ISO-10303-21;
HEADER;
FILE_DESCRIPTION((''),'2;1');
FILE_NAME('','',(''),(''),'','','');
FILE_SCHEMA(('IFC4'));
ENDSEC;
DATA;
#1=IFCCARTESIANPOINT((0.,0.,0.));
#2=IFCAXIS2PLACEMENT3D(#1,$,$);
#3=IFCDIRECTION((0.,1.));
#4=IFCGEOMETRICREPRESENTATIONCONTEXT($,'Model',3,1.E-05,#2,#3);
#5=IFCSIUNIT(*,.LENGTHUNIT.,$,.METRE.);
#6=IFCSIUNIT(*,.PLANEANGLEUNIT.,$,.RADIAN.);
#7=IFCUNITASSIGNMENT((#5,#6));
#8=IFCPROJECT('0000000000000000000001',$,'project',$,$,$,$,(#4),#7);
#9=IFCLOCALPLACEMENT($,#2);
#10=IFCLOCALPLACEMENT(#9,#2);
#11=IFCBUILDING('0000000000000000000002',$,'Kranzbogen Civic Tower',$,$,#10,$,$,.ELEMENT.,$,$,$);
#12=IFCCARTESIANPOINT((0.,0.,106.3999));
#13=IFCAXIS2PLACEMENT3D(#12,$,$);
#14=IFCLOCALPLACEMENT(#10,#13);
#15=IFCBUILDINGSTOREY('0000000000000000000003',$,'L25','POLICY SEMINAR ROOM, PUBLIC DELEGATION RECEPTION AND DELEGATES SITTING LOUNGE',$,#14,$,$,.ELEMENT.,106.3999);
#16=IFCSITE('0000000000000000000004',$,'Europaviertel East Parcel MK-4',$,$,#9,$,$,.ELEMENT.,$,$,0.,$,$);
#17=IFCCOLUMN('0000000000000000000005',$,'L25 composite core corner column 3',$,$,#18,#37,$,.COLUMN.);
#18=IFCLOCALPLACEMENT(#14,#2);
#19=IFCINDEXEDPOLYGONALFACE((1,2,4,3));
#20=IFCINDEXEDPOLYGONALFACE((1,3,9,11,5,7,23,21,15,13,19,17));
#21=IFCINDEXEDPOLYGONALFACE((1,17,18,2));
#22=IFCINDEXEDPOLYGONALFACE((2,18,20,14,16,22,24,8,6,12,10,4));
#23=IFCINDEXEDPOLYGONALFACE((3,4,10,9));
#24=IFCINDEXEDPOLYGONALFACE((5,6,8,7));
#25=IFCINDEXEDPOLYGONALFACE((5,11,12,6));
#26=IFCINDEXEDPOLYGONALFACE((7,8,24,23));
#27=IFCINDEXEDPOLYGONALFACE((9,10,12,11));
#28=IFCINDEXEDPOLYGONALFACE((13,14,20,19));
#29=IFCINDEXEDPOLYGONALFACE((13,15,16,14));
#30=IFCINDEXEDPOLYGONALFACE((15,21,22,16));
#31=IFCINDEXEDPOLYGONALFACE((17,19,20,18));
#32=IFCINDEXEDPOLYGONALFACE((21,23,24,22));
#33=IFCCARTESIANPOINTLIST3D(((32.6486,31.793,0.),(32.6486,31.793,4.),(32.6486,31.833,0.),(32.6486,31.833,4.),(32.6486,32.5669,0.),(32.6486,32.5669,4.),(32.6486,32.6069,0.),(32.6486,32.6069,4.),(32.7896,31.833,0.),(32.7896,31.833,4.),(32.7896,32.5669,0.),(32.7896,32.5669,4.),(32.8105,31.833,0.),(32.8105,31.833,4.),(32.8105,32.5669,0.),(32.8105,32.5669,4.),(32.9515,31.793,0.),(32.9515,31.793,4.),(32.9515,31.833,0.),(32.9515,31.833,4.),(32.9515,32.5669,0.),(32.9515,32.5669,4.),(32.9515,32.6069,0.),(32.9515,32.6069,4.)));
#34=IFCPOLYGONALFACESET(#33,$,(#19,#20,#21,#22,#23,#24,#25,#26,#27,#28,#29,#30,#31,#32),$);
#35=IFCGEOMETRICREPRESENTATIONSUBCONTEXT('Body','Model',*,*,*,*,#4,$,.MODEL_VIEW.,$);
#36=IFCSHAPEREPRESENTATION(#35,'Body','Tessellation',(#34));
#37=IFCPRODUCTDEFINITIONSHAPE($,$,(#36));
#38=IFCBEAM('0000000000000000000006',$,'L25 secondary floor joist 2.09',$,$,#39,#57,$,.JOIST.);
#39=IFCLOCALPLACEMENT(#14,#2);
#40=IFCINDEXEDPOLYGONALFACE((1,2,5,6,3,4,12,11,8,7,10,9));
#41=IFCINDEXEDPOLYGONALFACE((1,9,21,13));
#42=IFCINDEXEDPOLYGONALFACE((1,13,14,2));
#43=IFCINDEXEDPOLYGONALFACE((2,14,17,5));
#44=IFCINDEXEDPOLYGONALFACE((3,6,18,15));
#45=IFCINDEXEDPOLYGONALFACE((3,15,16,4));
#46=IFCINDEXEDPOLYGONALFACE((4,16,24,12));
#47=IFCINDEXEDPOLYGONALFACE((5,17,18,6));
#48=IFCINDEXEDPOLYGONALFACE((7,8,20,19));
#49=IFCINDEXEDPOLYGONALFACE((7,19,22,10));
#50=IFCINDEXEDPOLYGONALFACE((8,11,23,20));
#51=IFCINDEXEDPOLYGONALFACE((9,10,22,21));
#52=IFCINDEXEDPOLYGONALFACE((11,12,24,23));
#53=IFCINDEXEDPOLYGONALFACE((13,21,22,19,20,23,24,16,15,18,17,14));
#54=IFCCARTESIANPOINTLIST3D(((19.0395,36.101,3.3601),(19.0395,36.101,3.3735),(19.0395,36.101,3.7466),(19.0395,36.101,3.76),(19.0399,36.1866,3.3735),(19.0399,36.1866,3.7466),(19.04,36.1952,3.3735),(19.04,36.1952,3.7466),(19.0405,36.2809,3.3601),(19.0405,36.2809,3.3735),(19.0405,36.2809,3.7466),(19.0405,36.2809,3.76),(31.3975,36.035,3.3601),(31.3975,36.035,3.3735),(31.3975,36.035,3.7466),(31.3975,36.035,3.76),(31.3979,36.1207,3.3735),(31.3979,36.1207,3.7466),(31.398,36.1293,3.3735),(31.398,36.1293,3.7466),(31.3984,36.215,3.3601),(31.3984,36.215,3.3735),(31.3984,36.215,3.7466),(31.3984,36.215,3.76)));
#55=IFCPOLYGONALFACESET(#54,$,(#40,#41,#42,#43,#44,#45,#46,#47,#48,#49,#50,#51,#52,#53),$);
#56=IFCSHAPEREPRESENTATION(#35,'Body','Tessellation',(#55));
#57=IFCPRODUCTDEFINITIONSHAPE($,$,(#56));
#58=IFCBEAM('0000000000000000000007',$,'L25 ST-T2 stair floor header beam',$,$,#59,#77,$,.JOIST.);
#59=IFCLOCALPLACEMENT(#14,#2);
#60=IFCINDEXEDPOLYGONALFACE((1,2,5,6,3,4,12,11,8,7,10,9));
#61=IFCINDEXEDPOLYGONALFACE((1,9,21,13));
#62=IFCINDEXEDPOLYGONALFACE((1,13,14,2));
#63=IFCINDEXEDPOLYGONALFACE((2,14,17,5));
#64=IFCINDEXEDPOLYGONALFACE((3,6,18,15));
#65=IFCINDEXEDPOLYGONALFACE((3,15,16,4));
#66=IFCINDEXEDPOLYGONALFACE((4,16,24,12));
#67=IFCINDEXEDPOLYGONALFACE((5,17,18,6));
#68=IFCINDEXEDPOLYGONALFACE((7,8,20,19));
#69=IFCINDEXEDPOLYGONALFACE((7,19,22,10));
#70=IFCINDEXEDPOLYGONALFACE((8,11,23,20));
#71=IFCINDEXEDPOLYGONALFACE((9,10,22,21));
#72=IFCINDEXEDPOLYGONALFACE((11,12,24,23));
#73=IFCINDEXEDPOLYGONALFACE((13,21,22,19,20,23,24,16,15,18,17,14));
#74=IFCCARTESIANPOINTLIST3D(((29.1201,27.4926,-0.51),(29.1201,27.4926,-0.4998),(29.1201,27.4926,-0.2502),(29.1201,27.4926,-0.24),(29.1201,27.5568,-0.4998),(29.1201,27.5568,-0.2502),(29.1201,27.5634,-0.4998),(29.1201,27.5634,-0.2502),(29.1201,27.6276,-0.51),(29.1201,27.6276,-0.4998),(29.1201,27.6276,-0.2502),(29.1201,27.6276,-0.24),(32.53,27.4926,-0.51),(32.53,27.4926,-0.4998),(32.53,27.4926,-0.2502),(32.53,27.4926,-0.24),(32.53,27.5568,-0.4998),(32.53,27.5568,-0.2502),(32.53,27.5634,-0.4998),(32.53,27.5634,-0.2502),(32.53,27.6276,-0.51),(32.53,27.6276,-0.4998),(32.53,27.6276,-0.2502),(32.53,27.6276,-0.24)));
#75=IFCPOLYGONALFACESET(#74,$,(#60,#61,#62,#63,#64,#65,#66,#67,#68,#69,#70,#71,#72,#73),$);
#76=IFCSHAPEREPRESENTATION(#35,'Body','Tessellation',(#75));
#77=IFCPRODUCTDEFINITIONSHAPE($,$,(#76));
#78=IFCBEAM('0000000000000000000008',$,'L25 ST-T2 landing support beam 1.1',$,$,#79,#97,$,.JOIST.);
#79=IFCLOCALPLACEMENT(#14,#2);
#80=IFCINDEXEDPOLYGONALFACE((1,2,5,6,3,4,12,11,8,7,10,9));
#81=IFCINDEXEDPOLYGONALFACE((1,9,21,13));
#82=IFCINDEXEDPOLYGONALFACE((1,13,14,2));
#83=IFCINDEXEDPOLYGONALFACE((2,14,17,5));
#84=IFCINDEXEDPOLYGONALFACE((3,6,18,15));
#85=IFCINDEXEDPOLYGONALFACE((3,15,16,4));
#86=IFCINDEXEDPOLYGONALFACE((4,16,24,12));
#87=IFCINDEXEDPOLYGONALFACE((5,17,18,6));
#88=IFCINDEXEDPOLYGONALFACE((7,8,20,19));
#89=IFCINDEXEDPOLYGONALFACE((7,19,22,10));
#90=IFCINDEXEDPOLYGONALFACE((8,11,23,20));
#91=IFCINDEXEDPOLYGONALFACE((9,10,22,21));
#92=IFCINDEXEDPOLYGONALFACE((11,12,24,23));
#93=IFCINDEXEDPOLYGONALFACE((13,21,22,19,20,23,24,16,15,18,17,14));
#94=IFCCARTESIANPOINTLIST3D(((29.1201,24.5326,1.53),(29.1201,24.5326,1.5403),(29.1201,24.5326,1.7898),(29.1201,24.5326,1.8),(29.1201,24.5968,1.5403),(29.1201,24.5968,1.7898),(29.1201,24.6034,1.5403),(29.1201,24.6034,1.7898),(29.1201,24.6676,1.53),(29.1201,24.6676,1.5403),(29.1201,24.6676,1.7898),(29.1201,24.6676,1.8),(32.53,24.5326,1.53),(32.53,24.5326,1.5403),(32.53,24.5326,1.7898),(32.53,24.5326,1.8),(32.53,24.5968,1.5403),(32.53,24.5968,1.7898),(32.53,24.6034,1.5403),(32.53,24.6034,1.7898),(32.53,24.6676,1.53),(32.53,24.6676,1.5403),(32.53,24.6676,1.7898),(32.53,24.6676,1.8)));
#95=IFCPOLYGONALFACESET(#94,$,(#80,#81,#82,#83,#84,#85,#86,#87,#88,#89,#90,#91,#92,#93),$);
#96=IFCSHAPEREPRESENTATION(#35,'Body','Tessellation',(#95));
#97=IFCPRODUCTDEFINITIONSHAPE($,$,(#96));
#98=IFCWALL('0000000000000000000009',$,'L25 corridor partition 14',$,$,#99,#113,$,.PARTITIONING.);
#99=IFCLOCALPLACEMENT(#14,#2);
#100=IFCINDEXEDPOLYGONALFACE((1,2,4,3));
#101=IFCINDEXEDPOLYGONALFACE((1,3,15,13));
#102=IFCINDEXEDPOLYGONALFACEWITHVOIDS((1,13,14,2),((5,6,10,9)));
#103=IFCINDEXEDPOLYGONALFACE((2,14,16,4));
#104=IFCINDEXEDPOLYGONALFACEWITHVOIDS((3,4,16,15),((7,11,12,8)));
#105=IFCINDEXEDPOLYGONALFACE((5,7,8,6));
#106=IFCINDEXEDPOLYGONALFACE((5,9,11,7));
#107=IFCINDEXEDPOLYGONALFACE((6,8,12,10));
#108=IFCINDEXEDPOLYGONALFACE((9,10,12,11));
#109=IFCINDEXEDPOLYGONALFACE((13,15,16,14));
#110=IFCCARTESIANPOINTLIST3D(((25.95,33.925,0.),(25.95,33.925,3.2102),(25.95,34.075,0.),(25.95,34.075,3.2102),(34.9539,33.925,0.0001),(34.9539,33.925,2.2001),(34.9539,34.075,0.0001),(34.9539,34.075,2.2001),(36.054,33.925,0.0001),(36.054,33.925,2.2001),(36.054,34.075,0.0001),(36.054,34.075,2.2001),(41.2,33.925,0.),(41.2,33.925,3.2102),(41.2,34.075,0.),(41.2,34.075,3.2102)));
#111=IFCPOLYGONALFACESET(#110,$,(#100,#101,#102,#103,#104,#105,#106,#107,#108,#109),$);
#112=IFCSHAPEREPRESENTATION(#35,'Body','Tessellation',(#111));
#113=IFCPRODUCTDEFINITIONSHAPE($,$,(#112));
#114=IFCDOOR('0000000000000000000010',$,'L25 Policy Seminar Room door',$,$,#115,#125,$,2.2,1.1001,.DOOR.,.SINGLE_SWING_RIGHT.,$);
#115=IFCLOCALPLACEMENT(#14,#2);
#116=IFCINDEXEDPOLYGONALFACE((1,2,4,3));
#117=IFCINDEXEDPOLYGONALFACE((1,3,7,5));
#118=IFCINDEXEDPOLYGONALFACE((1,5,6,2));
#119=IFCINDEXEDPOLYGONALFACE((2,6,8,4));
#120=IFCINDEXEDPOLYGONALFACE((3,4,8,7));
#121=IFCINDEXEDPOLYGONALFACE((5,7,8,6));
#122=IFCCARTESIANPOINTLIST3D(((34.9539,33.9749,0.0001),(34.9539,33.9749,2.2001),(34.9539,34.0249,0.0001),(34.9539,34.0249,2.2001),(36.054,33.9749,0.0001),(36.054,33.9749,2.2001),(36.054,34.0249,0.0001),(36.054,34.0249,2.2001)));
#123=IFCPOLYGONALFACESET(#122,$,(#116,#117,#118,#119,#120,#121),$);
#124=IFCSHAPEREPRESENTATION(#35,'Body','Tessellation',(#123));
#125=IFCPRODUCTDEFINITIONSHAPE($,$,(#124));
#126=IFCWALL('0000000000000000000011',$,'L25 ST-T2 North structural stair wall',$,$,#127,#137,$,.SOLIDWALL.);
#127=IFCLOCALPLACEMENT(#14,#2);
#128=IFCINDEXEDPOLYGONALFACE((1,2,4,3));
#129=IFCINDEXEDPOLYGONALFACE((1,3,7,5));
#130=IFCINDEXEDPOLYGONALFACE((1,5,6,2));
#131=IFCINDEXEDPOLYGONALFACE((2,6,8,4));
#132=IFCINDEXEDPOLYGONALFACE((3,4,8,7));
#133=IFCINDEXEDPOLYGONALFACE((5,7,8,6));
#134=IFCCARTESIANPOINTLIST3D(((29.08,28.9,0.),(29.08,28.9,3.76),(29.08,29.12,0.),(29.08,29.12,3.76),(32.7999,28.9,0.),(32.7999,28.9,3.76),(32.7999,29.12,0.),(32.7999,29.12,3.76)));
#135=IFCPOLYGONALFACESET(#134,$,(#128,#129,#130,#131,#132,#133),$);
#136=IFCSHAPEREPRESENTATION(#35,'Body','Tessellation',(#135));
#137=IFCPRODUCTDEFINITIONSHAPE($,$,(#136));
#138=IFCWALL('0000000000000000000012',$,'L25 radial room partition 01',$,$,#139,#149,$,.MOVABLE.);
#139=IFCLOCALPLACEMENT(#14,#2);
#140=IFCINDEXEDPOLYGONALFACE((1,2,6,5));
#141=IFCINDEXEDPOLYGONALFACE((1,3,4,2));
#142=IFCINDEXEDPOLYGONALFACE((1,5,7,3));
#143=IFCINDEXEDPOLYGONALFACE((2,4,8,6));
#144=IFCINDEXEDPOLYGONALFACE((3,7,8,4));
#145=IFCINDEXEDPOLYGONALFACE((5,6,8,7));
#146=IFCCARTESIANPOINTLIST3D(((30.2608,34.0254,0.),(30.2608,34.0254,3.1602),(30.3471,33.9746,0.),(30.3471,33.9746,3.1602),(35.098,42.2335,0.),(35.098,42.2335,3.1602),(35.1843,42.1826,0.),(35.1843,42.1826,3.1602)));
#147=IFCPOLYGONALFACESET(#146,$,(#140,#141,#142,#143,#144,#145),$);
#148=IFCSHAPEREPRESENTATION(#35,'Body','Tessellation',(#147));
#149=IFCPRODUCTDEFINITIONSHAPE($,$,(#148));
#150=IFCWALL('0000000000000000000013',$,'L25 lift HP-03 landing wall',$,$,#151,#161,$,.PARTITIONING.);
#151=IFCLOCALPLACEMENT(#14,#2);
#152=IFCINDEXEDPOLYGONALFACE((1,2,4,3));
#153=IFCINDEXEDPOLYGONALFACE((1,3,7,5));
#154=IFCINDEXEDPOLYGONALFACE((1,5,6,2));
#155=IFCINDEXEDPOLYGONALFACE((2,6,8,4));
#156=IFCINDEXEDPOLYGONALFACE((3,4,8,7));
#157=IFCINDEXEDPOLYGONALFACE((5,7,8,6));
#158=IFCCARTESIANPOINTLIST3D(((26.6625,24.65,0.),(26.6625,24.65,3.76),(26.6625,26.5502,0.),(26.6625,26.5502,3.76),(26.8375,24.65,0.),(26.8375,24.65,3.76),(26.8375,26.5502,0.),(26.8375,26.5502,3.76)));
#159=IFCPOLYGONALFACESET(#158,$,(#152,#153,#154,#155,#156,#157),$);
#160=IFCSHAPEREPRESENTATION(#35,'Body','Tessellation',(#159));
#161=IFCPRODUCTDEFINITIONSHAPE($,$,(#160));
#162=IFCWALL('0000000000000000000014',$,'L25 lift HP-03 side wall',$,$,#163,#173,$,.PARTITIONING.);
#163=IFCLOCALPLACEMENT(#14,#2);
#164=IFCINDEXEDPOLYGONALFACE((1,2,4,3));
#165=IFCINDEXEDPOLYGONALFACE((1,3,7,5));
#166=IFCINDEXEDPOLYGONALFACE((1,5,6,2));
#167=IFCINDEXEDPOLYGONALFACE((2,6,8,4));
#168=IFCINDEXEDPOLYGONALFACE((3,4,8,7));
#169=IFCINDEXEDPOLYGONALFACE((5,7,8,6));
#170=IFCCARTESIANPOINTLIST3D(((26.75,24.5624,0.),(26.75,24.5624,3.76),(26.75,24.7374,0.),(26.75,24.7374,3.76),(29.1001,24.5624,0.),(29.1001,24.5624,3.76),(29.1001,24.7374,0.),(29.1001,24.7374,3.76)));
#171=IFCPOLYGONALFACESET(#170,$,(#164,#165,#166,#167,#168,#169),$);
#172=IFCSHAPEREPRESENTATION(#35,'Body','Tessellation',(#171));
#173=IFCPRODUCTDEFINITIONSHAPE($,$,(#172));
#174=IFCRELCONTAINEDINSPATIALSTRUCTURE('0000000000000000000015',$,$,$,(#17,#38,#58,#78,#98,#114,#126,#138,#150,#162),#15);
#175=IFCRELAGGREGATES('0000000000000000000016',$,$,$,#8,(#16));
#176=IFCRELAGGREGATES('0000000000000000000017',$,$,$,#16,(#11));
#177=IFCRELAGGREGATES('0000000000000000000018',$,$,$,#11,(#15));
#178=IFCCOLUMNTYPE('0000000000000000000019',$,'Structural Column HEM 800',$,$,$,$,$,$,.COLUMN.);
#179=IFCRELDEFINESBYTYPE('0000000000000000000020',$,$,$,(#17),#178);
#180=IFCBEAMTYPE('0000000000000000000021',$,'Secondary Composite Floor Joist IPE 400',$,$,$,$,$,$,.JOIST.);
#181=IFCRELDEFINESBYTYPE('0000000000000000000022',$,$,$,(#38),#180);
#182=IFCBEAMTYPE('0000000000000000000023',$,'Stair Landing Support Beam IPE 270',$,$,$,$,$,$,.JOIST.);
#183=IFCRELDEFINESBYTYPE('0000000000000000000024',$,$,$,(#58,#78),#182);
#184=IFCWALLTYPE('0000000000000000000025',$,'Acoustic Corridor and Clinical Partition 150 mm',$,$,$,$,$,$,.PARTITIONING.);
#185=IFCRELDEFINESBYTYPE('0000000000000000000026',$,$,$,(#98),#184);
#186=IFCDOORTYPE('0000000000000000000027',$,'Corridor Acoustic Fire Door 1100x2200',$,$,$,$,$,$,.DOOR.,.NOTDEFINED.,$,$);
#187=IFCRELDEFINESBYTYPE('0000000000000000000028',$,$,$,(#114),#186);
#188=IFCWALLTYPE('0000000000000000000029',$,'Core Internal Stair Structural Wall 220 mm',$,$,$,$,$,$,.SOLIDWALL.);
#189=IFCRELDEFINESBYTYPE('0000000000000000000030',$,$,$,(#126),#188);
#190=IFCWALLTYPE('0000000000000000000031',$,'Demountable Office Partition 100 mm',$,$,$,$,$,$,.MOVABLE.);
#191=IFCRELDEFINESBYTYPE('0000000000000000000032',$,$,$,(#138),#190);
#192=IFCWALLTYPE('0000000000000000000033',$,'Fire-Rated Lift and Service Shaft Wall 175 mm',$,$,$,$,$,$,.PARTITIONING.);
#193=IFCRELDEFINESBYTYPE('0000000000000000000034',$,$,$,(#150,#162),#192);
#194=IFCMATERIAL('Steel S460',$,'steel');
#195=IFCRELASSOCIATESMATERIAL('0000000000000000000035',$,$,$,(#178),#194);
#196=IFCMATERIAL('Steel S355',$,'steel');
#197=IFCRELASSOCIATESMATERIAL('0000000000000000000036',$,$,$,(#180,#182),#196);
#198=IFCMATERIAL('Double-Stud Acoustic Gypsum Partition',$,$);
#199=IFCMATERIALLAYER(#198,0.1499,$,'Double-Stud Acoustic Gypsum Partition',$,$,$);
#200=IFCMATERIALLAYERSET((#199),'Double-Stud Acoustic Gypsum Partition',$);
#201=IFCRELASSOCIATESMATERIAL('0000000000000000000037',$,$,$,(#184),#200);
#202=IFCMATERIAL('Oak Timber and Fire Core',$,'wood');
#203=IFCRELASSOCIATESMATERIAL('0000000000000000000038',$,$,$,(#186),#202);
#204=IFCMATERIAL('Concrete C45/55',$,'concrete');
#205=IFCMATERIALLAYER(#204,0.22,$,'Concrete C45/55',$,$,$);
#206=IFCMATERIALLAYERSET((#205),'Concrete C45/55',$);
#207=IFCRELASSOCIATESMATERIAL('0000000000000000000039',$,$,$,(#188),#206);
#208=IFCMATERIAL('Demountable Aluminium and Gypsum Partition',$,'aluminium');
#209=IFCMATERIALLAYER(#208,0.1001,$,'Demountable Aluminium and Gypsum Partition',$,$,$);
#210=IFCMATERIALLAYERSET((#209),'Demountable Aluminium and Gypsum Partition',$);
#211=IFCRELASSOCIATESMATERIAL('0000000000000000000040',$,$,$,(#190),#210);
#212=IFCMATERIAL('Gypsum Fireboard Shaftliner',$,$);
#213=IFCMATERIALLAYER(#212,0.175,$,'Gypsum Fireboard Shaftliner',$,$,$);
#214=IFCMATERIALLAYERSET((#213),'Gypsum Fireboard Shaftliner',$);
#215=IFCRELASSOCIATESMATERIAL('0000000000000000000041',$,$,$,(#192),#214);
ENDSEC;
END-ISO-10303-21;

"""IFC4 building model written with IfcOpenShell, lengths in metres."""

from ifc_helpers import new_model, si_unit, direction, frame, frame_2d, origin, origin_2d, place, context, subcontext, project, spatial, rectangle, i_section, extrude, material, layer, layer_set, material_profile, profile_set, type_object, element, fill, save


model = new_model("IFC4")

# Units and contexts
model_context = context("Model", 3, precision=1e-05, world=origin(), true_north=direction((0.0, 1.0)))
body_context = subcontext(model_context, "Body", "Model", "MODEL_VIEW")
ifc_project = project(units=[si_unit("LENGTHUNIT", "METRE"), si_unit("PLANEANGLEUNIT", "RADIAN")], contexts=[model_context])

# Site, building, storey
site_placement = place(None, origin())
site = spatial("IfcSite", under=ifc_project, at=site_placement, Name="Europaviertel East Parcel MK-4", CompositionType="ELEMENT", RefElevation=0.0)
building_placement = place(site_placement, origin())
building = spatial("IfcBuilding", under=site, at=building_placement, Name="Kranzbogen Civic Tower", CompositionType="ELEMENT")
storey_placement = place(building_placement, frame((0.0, 0.0, 106.3999)))
storey = spatial("IfcBuildingStorey", under=building, at=storey_placement, Name="L25", Description="POLICY SEMINAR ROOM, PUBLIC DELEGATION RECEPTION AND DELEGATES SITTING LOUNGE", CompositionType="ELEMENT", Elevation=106.3999)

# Column
ifc_material_1 = material(Name="Steel S460", Category="steel")
ifc_material_profile_1 = material_profile(ifc_material_1, i_section(OverallWidth=0.303, OverallDepth=0.814, WebThickness=0.021, FlangeThickness=0.04, at=origin_2d()), Name="HEM 800")
ifc_profile_set_1 = profile_set([ifc_material_profile_1], Name="Steel S460")
column_type = type_object("IfcColumnType", Name="Structural Column HEM 800", PredefinedType="COLUMN", material=ifc_profile_set_1)
column_placement = place(storey_placement, frame((32.8, 32.2, 0.0), z_axis=(0.0, 0.0, 1.0), x_axis=(1.0, 0.0, 0.0)))
element("IfcColumn", 1, at=column_placement, inside=storey, type_object=column_type, Name="L25 composite core corner column 3", PredefinedType="COLUMN", context=body_context, shape_type="SweptSolid", body=[
    extrude(i_section(OverallWidth=0.303, OverallDepth=0.814, WebThickness=0.021, FlangeThickness=0.04, at=origin_2d()), origin(), (0.0, 0.0, 1.0), 4.0),
])

# Beams
ifc_material_2 = material(Name="Steel S355", Category="steel")
ifc_material_profile_2 = material_profile(ifc_material_2, i_section(OverallWidth=0.1799, OverallDepth=0.3999, WebThickness=0.0085, FlangeThickness=0.0134, at=origin_2d()), Name="IPE 400")
ifc_profile_set_2 = profile_set([ifc_material_profile_2], Name="Steel S355")
beam_type_1 = type_object("IfcBeamType", Name="Secondary Composite Floor Joist IPE 400", PredefinedType="JOIST", material=ifc_profile_set_2)
beam_placement = place(storey_placement, frame((31.3979, 36.125, 3.5601), z_axis=(-0.999986, 0.005334, 0.0), x_axis=(-0.005334, -0.999986, 0.0)))
element("IfcBeam", 2, at=beam_placement, inside=storey, type_object=beam_type_1, Name="L25 secondary floor joist 2.09", PredefinedType="JOIST", context=body_context, shape_type="SweptSolid", body=[
    extrude(i_section(OverallWidth=0.1799, OverallDepth=0.3999, WebThickness=0.0085, FlangeThickness=0.0134, at=origin_2d()), origin(), (0.0, 0.0, 1.0), 12.3582),
])
ifc_material_profile_3 = material_profile(ifc_material_2, i_section(OverallWidth=0.135, OverallDepth=0.27, WebThickness=0.0066, FlangeThickness=0.0103, at=origin_2d()), Name="IPE 270")
ifc_profile_set_3 = profile_set([ifc_material_profile_3], Name="Steel S355")
beam_type_2 = type_object("IfcBeamType", Name="Stair Landing Support Beam IPE 270", PredefinedType="JOIST", material=ifc_profile_set_3)
for number, where, z_axis, x_axis, name in (
    (3, (29.1201, 27.5601, -0.375), (1.0, 0.0, 0.0), (0.0, 1.0, 0.0), "L25 ST-T2 stair floor header beam"),
    (4, (29.1201, 24.6001, 1.665), (1.0, 0.0, 0.0), (0.0, 1.0, 0.0), "L25 ST-T2 landing support beam 1.1"),
):
    element("IfcBeam", number, at=place(storey_placement, frame(where, z_axis=z_axis, x_axis=x_axis)), inside=storey, type_object=beam_type_2, Name=name, PredefinedType="JOIST", context=body_context, shape_type="SweptSolid", body=[
        extrude(i_section(OverallWidth=0.135, OverallDepth=0.27, WebThickness=0.0066, FlangeThickness=0.0103, at=origin_2d()), origin(), (0.0, 0.0, 1.0), 3.4099),
    ])

# Wall, opening, door
ifc_material_3 = material(Name="Double-Stud Acoustic Gypsum Partition")
ifc_layer_1 = layer(ifc_material_3, 0.1499, Name="Double-Stud Acoustic Gypsum Partition")
ifc_layer_set_1 = layer_set([ifc_layer_1], Name="Double-Stud Acoustic Gypsum Partition")
wall_type_1 = type_object("IfcWallType", Name="Acoustic Corridor and Clinical Partition 150 mm", PredefinedType="PARTITIONING", material=ifc_layer_set_1)
wall_1_placement = place(storey_placement, frame((25.95, 34.0, 0.0), z_axis=(0.0, 0.0, 1.0), x_axis=(1.0, 0.0, 0.0)))
wall_1 = element("IfcWall", 5, at=wall_1_placement, inside=storey, type_object=wall_type_1, Name="L25 corridor partition 14", PredefinedType="PARTITIONING", context=body_context, shape_type="SweptSolid", body=[
    extrude(rectangle(XDim=15.25, YDim=0.1499, at=frame_2d((7.625, 0.0))), origin(), (0.0, 0.0, 1.0), 3.2102),
])
opening_1_placement = place(wall_1_placement, frame((9.0039, 0.0, 0.0)))
opening_1 = element("IfcOpeningElement", 6, at=opening_1_placement, cuts=wall_1, PredefinedType="OPENING", context=body_context, shape_type="SweptSolid", body=[
    extrude(rectangle(XDim=1.1001, YDim=2.2, at=frame_2d((0.55, 1.1001))), frame((0.0, 0.085, 0.0), z_axis=(0.0, -1.0, 0.0), x_axis=(1.0, 0.0, 0.0)), (0.0, 0.0, 1.0), 0.1699),
])
ifc_material_4 = material(Name="Oak Timber and Fire Core", Category="wood")
door_type_1 = type_object("IfcDoorType", Name="Corridor Acoustic Fire Door 1100x2200", OperationType="NOTDEFINED", PredefinedType="DOOR", material=ifc_material_4)
door_1_placement = place(opening_1_placement, origin())
door_1 = element("IfcDoor", 7, at=door_1_placement, inside=storey, type_object=door_type_1, Name="L25 Policy Seminar Room door", OperationType="SINGLE_SWING_RIGHT", OverallHeight=2.2, OverallWidth=1.1001, PredefinedType="DOOR", context=body_context, shape_type="SweptSolid", body=[
    extrude(rectangle(XDim=1.1001, YDim=2.2, at=frame_2d((0.55, 1.1001))), frame((0.0, 0.0249, 0.0), z_axis=(0.0, -1.0, 0.0), x_axis=(1.0, 0.0, 0.0)), (0.0, 0.0, 1.0), 0.05),
])
fill(opening_1, door_1)

# Walls
ifc_material_5 = material(Name="Concrete C45/55", Category="concrete")
ifc_layer_2 = layer(ifc_material_5, 0.22, Name="Concrete C45/55")
ifc_layer_set_2 = layer_set([ifc_layer_2], Name="Concrete C45/55")
wall_type_2 = type_object("IfcWallType", Name="Core Internal Stair Structural Wall 220 mm", PredefinedType="SOLIDWALL", material=ifc_layer_set_2)
wall_2_placement = place(storey_placement, frame((29.0801, 29.01, 0.0), z_axis=(0.0, 0.0, 1.0), x_axis=(1.0, 0.0, 0.0)))
element("IfcWall", 8, at=wall_2_placement, inside=storey, type_object=wall_type_2, Name="L25 ST-T2 North structural stair wall", PredefinedType="SOLIDWALL", context=body_context, shape_type="SweptSolid", body=[
    extrude(rectangle(XDim=3.72, YDim=0.22, at=frame_2d((1.8599, 0.0))), origin(), (0.0, 0.0, 1.0), 3.76),
])
ifc_material_6 = material(Name="Demountable Aluminium and Gypsum Partition", Category="aluminium")
ifc_layer_3 = layer(ifc_material_6, 0.1001, Name="Demountable Aluminium and Gypsum Partition")
ifc_layer_set_3 = layer_set([ifc_layer_3], Name="Demountable Aluminium and Gypsum Partition")
wall_type_3 = type_object("IfcWallType", Name="Demountable Office Partition 100 mm", PredefinedType="MOVABLE", material=ifc_layer_set_3)
wall_3_placement = place(storey_placement, frame((30.304, 34.0, 0.0), z_axis=(0.0, 0.0, 1.0), x_axis=(0.507715, 0.861525, 0.0)))
element("IfcWall", 9, at=wall_3_placement, inside=storey, type_object=wall_type_3, Name="L25 radial room partition 01", PredefinedType="MOVABLE", context=body_context, shape_type="SweptSolid", body=[
    extrude(rectangle(XDim=9.5273, YDim=0.1001, at=frame_2d((4.7637, 0.0))), origin(), (0.0, 0.0, 1.0), 3.1602),
])
ifc_material_7 = material(Name="Gypsum Fireboard Shaftliner")
ifc_layer_4 = layer(ifc_material_7, 0.175, Name="Gypsum Fireboard Shaftliner")
ifc_layer_set_4 = layer_set([ifc_layer_4], Name="Gypsum Fireboard Shaftliner")
wall_type_4 = type_object("IfcWallType", Name="Fire-Rated Lift and Service Shaft Wall 175 mm", PredefinedType="PARTITIONING", material=ifc_layer_set_4)
wall_4_placement = place(storey_placement, frame((26.75, 24.6499, 0.0), z_axis=(0.0, 0.0, 1.0), x_axis=(0.0, 1.0, 0.0)))
element("IfcWall", 10, at=wall_4_placement, inside=storey, type_object=wall_type_4, Name="L25 lift HP-03 landing wall", PredefinedType="PARTITIONING", context=body_context, shape_type="SweptSolid", body=[
    extrude(rectangle(XDim=1.9001, YDim=0.175, at=frame_2d((0.9502, 0.0))), origin(), (0.0, 0.0, 1.0), 3.76),
])
wall_5_placement = place(storey_placement, frame((26.75, 24.6499, 0.0), z_axis=(0.0, 0.0, 1.0), x_axis=(1.0, 0.0, 0.0)))
element("IfcWall", 11, at=wall_5_placement, inside=storey, type_object=wall_type_4, Name="L25 lift HP-03 side wall", PredefinedType="PARTITIONING", context=body_context, shape_type="SweptSolid", body=[
    extrude(rectangle(XDim=2.3501, YDim=0.175, at=frame_2d((1.175, 0.0))), origin(), (0.0, 0.0, 1.0), 3.76),
])

save(model, "model.ifc")
